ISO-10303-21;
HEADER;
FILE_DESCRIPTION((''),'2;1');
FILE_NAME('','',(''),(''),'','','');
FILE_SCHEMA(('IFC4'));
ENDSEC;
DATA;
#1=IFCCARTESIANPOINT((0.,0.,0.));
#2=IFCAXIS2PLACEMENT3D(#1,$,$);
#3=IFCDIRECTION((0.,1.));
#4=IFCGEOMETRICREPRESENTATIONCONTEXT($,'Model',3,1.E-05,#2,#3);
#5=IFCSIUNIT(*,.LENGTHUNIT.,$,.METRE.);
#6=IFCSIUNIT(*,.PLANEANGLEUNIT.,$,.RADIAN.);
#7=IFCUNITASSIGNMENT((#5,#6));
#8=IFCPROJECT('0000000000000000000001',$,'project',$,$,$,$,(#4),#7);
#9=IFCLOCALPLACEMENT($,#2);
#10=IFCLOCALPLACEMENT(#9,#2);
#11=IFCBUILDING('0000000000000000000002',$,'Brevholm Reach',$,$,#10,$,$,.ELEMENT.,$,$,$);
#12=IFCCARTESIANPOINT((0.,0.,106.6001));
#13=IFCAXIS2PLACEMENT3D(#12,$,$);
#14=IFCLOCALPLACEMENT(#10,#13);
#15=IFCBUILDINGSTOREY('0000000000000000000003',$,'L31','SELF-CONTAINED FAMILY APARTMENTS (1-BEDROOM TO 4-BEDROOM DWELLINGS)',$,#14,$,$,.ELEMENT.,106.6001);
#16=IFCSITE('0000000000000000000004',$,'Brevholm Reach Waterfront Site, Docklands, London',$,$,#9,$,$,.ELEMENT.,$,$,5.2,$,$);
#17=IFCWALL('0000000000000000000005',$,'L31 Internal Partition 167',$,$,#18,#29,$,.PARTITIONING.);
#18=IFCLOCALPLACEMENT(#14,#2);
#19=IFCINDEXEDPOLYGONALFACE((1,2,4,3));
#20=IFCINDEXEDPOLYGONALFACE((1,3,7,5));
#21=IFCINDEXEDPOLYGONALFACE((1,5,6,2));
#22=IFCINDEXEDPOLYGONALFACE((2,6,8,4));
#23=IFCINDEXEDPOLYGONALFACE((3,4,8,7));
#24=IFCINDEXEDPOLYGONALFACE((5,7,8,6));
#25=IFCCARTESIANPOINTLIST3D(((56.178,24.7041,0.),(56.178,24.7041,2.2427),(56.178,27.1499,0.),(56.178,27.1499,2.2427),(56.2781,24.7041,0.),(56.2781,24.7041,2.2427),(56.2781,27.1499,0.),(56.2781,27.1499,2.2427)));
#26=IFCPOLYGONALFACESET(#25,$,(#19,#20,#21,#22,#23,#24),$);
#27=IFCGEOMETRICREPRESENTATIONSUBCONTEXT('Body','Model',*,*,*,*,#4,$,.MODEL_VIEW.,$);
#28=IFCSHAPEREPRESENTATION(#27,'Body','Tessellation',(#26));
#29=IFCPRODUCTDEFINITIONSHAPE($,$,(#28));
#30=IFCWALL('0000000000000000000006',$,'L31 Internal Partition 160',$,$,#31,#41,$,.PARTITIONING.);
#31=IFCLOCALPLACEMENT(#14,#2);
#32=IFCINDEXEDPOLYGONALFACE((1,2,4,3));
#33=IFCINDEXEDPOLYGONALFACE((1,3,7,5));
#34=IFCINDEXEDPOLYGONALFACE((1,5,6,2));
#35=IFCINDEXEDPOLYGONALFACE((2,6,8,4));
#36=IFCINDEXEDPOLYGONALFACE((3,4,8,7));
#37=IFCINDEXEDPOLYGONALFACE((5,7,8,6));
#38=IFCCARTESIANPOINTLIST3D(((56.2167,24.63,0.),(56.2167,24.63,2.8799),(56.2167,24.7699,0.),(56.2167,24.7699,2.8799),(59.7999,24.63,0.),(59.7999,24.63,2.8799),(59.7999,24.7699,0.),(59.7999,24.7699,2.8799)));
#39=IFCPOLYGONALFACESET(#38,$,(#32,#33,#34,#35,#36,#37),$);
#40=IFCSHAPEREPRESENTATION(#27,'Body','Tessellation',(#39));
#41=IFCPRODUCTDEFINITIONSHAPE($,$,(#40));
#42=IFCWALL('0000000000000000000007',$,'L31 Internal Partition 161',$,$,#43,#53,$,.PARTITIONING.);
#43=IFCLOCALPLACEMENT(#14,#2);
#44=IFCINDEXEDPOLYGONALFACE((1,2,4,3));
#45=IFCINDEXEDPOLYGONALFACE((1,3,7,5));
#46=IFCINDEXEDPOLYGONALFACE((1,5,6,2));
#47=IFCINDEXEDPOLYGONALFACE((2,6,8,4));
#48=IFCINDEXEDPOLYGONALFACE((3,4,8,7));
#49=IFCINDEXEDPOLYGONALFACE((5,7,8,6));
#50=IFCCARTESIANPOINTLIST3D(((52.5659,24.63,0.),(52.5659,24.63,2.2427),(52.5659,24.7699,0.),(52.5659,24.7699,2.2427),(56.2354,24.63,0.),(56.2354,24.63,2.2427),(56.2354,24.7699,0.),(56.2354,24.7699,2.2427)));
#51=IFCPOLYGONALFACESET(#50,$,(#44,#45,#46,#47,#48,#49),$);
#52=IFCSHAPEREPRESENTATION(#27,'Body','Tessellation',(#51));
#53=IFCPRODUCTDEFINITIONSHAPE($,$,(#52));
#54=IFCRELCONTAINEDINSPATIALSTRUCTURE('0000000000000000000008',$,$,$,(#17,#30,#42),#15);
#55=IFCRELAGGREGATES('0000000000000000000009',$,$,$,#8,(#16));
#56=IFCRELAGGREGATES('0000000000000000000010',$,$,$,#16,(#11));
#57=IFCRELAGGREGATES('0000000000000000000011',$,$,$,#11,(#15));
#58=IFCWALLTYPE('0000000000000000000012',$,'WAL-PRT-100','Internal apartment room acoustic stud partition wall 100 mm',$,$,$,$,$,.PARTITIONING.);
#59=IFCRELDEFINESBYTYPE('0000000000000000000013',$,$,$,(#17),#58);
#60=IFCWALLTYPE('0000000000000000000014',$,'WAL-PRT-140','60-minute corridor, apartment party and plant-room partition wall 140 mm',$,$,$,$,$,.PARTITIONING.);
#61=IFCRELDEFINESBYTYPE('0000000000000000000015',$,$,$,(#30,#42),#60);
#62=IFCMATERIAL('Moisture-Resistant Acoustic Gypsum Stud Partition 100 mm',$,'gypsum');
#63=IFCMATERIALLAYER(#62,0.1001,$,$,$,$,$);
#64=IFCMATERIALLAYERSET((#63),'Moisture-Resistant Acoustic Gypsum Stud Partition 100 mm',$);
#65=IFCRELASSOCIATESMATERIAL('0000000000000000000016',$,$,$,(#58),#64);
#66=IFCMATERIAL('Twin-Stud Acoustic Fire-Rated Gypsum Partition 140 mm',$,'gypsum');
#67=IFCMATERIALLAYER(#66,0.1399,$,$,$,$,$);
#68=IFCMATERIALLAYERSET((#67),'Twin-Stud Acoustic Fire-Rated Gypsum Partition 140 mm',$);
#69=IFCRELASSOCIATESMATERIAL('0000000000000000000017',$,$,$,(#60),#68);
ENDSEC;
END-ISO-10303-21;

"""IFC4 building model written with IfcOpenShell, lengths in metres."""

from ifc_helpers import new_model, si_unit, direction, frame, frame_2d, origin, place, context, subcontext, project, spatial, rectangle, extrude, material, layer, layer_set, type_object, element, save


model = new_model("IFC4")

# Units and contexts
model_context = context("Model", 3, precision=1e-05, world=origin(), true_north=direction((0.0, 1.0)))
body_context = subcontext(model_context, "Body", "Model", "MODEL_VIEW")
ifc_project = project(units=[si_unit("LENGTHUNIT", "METRE"), si_unit("PLANEANGLEUNIT", "RADIAN")], contexts=[model_context])

# Site, building, storey
site_placement = place(None, origin())
site = spatial("IfcSite", under=ifc_project, at=site_placement, Name="Brevholm Reach Waterfront Site, Docklands, London", CompositionType="ELEMENT", RefElevation=5.2)
building_placement = place(site_placement, origin())
building = spatial("IfcBuilding", under=site, at=building_placement, Name="Brevholm Reach", CompositionType="ELEMENT")
storey_placement = place(building_placement, frame((0.0, 0.0, 106.6001)))
storey = spatial("IfcBuildingStorey", under=building, at=storey_placement, Name="L31", Description="SELF-CONTAINED FAMILY APARTMENTS (1-BEDROOM TO 4-BEDROOM DWELLINGS)", CompositionType="ELEMENT", Elevation=106.6001)

# Shared definitions
ifc_material_1 = material(Name="Moisture-Resistant Acoustic Gypsum Stud Partition 100 mm", Category="gypsum")
ifc_layer_1 = layer(ifc_material_1, 0.1001)
ifc_layer_set_1 = layer_set([ifc_layer_1], Name="Moisture-Resistant Acoustic Gypsum Stud Partition 100 mm")
wall_type_1 = type_object("IfcWallType", Name="WAL-PRT-100", Description="Internal apartment room acoustic stud partition wall 100 mm", PredefinedType="PARTITIONING", material=ifc_layer_set_1)

# Walls
wall_1_placement = place(storey_placement, frame((56.228, 24.7041, 0.0), z_axis=(0.0, 0.0, 1.0), x_axis=(0.0, 1.0, 0.0)))
element("IfcWall", 1, at=wall_1_placement, inside=storey, type_object=wall_type_1, Name="L31 Internal Partition 167", PredefinedType="PARTITIONING", context=body_context, shape_type="SweptSolid", body=[
    extrude(rectangle(XDim=2.4458, YDim=0.1001, at=frame_2d((1.2229, 0.0))), origin(), (0.0, 0.0, 1.0), 2.2427),
])
ifc_material_2 = material(Name="Twin-Stud Acoustic Fire-Rated Gypsum Partition 140 mm", Category="gypsum")
ifc_layer_2 = layer(ifc_material_2, 0.1399)
ifc_layer_set_2 = layer_set([ifc_layer_2], Name="Twin-Stud Acoustic Fire-Rated Gypsum Partition 140 mm")
wall_type_2 = type_object("IfcWallType", Name="WAL-PRT-140", Description="60-minute corridor, apartment party and plant-room partition wall 140 mm", PredefinedType="PARTITIONING", material=ifc_layer_set_2)
wall_2_placement = place(storey_placement, frame((56.2168, 24.7, 0.0), z_axis=(0.0, 0.0, 1.0), x_axis=(1.0, 0.0, 0.0)))
element("IfcWall", 2, at=wall_2_placement, inside=storey, type_object=wall_type_2, Name="L31 Internal Partition 160", PredefinedType="PARTITIONING", context=body_context, shape_type="SweptSolid", body=[
    extrude(rectangle(XDim=3.5833, YDim=0.1399, at=frame_2d((1.7915, 0.0))), origin(), (0.0, 0.0, 1.0), 2.8799),
])
wall_3_placement = place(storey_placement, frame((52.5659, 24.7, 0.0), z_axis=(0.0, 0.0, 1.0), x_axis=(1.0, 0.0, 0.0)))
element("IfcWall", 3, at=wall_3_placement, inside=storey, type_object=wall_type_2, Name="L31 Internal Partition 161", PredefinedType="PARTITIONING", context=body_context, shape_type="SweptSolid", body=[
    extrude(rectangle(XDim=3.6694, YDim=0.1399, at=frame_2d((1.8347, 0.0))), origin(), (0.0, 0.0, 1.0), 2.2427),
])

save(model, "model.ifc")
